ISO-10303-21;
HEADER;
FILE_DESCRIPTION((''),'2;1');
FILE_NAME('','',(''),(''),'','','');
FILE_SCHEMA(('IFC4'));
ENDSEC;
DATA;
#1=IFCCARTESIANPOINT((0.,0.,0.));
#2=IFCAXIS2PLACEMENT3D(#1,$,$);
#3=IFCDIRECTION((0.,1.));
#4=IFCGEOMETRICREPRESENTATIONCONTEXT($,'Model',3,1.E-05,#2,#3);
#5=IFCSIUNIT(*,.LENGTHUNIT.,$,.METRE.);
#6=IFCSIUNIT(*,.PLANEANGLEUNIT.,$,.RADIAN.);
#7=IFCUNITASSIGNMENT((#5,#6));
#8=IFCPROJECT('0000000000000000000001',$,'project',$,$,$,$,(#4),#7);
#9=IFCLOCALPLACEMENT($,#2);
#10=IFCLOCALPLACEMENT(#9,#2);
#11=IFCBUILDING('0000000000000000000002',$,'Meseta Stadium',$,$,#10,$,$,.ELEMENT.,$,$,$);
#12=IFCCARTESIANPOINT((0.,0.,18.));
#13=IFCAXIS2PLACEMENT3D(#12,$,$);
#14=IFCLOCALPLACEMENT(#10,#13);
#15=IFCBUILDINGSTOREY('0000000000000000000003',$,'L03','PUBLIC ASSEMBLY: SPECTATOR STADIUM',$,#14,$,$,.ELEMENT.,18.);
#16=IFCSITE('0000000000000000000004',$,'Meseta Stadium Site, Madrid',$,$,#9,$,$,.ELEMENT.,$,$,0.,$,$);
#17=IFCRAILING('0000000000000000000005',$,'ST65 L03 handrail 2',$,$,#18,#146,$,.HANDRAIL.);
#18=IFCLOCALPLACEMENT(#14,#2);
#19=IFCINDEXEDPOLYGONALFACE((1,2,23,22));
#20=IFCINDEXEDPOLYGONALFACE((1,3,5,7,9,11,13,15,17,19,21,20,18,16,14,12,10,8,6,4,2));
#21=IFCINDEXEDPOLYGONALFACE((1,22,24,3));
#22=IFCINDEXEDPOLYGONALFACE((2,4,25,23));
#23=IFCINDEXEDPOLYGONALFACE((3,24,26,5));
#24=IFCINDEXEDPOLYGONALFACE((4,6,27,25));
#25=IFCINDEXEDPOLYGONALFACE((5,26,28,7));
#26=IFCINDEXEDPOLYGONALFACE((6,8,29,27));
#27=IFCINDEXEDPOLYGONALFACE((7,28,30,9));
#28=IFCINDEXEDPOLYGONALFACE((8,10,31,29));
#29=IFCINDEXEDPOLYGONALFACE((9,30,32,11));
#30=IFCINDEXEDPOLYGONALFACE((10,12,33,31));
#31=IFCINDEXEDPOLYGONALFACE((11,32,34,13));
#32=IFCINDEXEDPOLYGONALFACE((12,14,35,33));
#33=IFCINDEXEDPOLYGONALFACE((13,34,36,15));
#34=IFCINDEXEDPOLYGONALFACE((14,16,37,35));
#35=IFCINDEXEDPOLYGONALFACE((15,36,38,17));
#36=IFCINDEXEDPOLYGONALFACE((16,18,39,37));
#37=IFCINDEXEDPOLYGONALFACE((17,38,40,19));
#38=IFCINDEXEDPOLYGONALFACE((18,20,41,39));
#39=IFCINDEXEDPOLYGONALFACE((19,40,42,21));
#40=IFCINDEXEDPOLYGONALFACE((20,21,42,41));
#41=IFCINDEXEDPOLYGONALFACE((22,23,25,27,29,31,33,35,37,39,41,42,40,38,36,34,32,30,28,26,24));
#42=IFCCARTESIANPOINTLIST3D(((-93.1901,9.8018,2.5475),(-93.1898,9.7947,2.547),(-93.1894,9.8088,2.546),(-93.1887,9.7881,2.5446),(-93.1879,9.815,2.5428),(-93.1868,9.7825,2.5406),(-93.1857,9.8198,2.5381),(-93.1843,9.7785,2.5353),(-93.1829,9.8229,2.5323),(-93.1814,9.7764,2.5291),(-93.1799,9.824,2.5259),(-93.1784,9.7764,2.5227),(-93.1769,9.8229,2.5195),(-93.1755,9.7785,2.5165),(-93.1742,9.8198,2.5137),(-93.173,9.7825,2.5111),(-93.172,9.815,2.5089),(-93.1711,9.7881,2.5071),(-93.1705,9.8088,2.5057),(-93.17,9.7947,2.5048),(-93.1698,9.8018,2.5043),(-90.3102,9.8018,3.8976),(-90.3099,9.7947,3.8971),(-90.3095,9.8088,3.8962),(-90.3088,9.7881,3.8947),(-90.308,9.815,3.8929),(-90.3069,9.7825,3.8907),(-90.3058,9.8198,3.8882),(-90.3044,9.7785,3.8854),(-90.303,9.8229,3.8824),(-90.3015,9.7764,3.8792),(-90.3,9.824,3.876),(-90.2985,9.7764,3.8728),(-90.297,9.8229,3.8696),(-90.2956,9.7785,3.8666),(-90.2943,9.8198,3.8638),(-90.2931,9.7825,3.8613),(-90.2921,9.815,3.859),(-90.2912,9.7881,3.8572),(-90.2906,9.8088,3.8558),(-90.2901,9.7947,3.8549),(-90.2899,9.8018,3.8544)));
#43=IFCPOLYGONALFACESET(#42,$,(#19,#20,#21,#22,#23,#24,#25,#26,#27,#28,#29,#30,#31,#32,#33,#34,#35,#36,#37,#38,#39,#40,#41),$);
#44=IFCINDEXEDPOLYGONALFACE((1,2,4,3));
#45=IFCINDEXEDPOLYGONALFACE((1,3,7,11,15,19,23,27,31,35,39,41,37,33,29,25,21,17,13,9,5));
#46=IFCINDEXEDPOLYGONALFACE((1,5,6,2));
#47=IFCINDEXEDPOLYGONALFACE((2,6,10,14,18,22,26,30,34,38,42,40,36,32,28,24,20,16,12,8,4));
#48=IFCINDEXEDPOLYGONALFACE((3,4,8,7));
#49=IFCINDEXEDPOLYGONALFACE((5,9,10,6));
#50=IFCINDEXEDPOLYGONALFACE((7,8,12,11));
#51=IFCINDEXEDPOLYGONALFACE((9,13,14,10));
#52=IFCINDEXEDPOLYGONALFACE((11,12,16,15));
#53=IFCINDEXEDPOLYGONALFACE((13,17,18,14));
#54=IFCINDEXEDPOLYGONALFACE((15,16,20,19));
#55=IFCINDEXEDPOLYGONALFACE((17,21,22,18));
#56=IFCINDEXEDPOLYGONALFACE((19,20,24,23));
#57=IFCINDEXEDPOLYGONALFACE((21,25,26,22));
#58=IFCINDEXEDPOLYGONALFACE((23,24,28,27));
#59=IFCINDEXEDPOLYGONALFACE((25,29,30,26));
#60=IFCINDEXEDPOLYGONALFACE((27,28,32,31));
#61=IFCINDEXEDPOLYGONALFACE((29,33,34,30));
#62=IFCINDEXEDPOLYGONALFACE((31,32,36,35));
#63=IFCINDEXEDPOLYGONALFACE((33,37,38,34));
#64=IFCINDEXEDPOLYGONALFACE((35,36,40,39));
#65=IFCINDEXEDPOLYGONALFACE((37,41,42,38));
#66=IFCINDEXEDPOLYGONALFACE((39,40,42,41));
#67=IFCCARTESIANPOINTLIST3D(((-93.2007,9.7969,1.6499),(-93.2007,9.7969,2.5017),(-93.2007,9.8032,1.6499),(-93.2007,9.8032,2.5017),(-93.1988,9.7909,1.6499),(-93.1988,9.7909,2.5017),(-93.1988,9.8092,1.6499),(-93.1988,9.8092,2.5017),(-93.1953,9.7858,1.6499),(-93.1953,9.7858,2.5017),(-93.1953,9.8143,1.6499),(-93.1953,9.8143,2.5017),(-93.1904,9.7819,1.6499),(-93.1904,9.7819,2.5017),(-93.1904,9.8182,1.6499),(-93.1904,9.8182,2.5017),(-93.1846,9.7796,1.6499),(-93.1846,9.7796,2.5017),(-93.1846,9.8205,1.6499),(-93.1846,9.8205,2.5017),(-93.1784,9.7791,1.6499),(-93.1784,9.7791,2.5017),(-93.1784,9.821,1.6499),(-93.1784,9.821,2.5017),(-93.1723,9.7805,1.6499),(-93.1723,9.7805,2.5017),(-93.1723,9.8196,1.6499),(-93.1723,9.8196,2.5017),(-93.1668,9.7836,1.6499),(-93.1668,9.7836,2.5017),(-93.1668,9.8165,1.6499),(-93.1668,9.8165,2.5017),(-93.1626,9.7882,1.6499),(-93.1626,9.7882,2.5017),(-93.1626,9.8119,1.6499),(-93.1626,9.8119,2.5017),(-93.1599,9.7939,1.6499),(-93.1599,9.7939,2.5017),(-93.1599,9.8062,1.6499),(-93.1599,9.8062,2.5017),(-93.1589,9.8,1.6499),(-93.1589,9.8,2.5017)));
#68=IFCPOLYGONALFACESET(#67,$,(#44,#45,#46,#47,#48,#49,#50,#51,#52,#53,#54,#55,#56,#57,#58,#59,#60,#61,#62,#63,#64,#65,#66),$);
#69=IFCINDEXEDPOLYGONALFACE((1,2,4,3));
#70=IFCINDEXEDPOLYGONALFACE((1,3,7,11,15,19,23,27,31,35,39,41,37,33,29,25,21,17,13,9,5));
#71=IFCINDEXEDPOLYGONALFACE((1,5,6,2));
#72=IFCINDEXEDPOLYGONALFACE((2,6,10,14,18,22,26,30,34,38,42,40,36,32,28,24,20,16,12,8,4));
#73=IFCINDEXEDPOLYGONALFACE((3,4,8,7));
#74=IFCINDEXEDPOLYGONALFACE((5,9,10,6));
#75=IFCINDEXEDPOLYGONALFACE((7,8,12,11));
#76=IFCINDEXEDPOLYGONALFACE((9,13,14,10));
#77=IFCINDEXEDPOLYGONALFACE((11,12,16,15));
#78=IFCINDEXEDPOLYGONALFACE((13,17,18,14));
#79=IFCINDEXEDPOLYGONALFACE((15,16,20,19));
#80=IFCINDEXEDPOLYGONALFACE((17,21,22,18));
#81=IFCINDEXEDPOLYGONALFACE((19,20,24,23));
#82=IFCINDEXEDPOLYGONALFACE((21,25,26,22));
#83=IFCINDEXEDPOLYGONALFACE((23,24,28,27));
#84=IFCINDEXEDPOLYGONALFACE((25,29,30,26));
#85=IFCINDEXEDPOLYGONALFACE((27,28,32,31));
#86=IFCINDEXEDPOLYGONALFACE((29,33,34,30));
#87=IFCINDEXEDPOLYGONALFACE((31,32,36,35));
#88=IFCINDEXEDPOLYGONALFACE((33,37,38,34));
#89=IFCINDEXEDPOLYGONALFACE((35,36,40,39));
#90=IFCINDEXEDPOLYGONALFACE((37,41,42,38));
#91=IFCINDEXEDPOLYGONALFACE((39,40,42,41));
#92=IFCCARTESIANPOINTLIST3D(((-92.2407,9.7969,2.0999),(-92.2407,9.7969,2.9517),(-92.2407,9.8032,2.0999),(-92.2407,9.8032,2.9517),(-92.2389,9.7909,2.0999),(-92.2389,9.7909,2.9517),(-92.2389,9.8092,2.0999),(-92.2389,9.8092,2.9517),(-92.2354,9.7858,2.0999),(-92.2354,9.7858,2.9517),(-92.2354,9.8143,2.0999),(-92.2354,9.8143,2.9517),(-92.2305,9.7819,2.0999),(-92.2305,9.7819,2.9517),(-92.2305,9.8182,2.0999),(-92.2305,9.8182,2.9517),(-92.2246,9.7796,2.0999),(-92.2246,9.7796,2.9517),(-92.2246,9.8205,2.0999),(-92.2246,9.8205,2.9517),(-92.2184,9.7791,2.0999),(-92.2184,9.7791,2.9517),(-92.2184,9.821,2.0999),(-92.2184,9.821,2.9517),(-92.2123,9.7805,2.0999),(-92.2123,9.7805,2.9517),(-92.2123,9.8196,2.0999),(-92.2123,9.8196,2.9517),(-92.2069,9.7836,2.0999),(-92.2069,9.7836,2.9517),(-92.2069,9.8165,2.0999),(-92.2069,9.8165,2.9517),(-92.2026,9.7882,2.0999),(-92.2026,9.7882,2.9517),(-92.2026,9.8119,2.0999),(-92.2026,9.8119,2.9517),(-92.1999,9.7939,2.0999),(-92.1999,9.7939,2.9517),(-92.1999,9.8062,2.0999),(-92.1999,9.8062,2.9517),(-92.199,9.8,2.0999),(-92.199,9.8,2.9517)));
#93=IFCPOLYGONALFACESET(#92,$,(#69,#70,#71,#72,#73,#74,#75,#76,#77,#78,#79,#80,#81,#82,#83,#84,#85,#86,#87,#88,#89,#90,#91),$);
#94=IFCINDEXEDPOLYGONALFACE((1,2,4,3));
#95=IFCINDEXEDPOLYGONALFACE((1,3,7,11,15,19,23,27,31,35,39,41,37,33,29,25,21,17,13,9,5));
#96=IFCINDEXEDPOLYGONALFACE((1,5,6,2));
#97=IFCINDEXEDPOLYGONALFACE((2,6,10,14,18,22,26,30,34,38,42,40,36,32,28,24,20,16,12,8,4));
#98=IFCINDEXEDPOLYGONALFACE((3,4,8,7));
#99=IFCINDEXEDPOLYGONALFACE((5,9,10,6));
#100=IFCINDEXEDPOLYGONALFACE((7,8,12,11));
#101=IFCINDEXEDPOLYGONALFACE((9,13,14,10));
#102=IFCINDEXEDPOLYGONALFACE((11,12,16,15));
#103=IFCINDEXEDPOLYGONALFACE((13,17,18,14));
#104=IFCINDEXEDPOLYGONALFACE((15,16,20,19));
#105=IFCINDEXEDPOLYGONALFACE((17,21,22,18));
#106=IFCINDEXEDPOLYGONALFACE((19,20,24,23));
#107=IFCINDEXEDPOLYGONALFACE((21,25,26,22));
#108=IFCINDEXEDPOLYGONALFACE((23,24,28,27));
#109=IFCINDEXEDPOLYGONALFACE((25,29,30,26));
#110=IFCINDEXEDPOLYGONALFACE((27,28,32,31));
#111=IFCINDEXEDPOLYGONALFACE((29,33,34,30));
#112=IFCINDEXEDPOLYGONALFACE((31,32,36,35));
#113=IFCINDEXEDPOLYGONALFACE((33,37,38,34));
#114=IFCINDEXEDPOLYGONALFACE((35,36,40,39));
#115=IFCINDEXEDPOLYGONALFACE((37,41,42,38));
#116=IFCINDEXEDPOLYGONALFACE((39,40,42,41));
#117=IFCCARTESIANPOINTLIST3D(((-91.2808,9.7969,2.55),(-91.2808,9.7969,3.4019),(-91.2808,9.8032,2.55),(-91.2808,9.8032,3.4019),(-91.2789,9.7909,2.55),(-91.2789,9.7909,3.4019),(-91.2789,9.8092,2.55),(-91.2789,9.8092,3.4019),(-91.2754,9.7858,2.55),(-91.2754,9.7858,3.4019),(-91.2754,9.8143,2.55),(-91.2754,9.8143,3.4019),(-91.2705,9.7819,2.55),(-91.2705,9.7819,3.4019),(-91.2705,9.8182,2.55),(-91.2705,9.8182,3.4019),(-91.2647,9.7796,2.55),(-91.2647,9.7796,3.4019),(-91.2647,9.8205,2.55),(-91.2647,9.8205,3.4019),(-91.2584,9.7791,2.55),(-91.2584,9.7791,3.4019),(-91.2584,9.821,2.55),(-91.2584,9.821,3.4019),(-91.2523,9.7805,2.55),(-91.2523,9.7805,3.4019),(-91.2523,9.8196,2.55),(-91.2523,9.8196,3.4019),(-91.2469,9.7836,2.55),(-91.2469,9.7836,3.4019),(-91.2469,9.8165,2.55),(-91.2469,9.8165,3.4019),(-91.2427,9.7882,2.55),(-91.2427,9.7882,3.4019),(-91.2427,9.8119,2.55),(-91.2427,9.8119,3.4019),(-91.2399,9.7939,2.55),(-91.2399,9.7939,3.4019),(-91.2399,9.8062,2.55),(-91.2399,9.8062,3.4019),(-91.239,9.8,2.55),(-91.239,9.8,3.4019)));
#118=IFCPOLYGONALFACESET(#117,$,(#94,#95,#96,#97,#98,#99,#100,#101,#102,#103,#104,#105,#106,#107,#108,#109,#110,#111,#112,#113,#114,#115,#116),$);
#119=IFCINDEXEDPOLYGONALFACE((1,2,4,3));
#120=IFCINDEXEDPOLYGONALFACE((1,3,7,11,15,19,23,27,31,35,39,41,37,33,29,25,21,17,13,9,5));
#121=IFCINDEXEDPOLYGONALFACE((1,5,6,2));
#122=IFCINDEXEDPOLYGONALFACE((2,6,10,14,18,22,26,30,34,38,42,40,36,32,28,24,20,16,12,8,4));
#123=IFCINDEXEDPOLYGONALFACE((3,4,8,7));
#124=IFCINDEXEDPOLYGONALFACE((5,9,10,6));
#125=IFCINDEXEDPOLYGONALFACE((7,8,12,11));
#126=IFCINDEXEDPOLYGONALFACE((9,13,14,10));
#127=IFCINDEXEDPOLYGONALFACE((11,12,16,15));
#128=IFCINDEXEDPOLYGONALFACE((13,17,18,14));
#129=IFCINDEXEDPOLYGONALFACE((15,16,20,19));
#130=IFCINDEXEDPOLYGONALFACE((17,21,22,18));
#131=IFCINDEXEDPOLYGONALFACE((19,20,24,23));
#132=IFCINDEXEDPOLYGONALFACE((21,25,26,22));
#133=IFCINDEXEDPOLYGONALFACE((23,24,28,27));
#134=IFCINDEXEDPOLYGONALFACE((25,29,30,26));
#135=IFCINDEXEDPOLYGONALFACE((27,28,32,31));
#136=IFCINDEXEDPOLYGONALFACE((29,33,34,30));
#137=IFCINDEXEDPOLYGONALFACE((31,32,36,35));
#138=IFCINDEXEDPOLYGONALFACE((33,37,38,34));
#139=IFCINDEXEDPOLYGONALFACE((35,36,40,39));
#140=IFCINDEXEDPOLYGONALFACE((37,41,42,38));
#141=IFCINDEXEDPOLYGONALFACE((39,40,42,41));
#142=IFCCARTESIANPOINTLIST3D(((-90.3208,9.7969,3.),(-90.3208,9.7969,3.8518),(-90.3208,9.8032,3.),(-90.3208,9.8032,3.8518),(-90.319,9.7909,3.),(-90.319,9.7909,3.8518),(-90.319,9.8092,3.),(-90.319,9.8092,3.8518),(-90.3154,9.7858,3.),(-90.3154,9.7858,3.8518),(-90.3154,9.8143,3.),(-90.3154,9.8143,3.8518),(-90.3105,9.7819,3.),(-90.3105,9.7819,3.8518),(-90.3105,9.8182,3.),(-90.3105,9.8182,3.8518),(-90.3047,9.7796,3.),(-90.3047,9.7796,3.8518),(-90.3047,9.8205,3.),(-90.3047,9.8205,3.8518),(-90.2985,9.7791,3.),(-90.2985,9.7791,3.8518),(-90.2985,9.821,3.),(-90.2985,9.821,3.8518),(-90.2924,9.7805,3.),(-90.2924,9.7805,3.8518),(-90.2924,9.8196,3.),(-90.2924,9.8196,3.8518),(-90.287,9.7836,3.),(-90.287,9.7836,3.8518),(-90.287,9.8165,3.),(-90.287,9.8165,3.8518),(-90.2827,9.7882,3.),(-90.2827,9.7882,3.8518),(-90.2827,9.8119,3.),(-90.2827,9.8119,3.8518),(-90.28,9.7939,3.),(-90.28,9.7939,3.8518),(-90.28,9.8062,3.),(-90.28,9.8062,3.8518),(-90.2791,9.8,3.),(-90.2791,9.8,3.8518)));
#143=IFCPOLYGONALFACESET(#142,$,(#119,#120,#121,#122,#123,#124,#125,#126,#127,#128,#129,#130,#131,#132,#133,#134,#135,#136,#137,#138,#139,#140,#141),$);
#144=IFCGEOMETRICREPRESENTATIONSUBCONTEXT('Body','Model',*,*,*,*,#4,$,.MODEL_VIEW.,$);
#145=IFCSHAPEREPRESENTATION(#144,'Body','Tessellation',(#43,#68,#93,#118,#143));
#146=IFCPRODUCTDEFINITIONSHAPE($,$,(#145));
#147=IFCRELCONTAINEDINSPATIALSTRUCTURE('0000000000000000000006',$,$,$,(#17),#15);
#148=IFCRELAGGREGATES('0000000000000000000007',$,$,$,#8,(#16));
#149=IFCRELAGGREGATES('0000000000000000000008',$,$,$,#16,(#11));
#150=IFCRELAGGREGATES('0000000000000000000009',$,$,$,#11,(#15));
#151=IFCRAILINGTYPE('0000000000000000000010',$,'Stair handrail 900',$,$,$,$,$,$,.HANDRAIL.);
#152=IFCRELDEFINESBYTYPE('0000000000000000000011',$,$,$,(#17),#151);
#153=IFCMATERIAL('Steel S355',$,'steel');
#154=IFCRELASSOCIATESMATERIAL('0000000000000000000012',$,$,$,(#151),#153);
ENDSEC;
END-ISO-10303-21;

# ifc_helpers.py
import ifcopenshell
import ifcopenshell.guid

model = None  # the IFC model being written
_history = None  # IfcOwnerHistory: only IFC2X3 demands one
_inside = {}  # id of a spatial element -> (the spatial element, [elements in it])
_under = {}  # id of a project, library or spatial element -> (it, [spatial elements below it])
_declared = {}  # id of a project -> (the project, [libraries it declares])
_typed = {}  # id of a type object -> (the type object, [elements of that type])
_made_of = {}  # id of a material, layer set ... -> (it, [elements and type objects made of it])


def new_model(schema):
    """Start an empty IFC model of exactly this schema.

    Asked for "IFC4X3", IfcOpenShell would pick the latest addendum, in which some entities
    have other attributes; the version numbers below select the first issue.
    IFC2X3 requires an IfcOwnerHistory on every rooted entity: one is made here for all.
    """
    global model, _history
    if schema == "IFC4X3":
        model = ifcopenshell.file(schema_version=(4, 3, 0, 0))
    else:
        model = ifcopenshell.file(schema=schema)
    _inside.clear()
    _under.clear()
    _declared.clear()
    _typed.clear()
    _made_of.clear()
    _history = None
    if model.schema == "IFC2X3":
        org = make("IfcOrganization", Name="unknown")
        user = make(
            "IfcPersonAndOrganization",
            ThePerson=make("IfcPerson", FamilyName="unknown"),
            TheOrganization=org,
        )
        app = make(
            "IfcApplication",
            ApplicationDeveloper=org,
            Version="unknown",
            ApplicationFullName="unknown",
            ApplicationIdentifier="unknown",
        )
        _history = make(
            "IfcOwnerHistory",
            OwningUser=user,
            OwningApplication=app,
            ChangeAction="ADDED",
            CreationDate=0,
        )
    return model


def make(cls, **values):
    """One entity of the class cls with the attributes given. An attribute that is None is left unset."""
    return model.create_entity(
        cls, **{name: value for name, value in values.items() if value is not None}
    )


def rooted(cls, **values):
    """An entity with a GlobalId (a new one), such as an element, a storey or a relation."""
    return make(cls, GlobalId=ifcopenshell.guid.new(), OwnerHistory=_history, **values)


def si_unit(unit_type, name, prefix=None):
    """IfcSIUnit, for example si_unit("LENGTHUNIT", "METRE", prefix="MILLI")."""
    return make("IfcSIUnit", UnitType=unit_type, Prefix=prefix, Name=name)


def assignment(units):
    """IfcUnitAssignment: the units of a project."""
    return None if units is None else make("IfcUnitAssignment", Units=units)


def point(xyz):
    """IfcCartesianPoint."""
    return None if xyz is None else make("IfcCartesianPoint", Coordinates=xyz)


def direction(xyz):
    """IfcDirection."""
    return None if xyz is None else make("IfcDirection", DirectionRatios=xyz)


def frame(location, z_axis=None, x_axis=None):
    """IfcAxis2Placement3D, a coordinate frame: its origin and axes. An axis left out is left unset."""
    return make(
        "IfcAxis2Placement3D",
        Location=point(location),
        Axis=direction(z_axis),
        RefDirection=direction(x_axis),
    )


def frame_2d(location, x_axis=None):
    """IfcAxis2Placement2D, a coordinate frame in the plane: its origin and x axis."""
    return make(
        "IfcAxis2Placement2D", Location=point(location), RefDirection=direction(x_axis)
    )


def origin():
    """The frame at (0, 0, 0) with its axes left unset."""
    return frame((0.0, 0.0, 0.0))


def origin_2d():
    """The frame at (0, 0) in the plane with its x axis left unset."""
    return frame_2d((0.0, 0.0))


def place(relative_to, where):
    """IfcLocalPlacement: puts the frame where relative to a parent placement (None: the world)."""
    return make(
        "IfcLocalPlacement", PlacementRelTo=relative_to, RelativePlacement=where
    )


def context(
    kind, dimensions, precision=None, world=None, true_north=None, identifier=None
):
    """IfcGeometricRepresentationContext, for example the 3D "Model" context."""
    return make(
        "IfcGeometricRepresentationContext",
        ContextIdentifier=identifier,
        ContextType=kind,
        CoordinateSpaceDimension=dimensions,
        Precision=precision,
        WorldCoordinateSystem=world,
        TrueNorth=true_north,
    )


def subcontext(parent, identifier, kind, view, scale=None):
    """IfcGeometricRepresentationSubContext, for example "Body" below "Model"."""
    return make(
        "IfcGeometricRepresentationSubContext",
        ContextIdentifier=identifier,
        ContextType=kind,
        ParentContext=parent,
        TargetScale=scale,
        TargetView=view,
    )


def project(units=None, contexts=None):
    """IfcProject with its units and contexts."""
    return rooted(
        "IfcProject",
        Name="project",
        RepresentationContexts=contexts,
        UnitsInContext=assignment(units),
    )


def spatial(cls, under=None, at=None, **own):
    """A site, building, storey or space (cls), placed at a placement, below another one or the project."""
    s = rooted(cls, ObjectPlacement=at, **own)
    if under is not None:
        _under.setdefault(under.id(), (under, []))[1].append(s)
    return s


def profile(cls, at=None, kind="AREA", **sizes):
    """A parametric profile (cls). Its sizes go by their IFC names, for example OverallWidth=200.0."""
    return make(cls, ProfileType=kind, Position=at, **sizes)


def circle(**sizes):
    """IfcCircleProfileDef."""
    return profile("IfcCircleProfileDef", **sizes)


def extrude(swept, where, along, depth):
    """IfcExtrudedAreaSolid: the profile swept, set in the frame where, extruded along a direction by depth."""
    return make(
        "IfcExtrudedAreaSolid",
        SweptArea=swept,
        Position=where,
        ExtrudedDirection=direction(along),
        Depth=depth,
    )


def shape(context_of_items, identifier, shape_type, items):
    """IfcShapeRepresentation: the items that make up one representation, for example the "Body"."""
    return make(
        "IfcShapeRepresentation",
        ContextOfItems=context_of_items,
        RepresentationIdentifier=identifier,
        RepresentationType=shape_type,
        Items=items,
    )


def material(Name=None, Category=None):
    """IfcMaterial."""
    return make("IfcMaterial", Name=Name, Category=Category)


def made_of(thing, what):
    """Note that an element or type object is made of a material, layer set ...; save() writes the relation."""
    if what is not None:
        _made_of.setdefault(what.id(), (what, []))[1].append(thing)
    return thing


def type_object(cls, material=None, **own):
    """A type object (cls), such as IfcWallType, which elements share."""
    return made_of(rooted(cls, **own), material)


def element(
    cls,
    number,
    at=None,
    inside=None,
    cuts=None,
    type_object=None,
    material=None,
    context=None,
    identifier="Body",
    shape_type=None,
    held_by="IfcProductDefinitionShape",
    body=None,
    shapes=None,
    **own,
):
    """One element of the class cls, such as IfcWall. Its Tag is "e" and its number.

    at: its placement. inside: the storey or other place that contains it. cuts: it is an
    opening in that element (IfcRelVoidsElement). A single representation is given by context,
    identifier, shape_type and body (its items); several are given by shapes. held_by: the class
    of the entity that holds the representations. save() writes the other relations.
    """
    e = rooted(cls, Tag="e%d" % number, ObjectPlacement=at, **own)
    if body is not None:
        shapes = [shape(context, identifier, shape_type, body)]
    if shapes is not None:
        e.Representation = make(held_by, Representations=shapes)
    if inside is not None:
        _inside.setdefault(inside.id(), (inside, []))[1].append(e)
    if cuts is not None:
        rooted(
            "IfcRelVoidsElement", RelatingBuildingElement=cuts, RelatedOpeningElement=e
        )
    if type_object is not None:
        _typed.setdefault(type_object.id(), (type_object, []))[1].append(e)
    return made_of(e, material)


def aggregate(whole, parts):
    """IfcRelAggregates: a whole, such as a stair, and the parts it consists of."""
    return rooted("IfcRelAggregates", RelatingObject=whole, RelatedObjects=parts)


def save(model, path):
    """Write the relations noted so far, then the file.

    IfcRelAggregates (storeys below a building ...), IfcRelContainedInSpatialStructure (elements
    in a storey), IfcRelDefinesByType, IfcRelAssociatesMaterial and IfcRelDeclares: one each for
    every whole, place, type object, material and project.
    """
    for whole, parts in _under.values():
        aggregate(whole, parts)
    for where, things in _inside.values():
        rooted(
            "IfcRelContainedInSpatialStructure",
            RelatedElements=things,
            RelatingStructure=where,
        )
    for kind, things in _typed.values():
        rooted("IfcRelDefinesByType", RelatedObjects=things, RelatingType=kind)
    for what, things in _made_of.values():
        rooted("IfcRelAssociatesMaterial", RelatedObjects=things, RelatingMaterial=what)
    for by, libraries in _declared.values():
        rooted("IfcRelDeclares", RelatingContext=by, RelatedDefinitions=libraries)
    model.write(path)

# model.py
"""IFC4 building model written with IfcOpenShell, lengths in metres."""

from ifc_helpers import new_model, si_unit, direction, frame, origin, origin_2d, place, context, subcontext, project, spatial, circle, extrude, material, type_object, element, save


model = new_model("IFC4")

# Units and contexts
model_context = context("Model", 3, precision=1e-05, world=origin(), true_north=direction((0.0, 1.0)))
body_context = subcontext(model_context, "Body", "Model", "MODEL_VIEW")
ifc_project = project(units=[si_unit("LENGTHUNIT", "METRE"), si_unit("PLANEANGLEUNIT", "RADIAN")], contexts=[model_context])

# Site, building, storey
site_placement = place(None, origin())
site = spatial("IfcSite", under=ifc_project, at=site_placement, Name="Meseta Stadium Site, Madrid", CompositionType="ELEMENT", RefElevation=0.0)
building_placement = place(site_placement, origin())
building = spatial("IfcBuilding", under=site, at=building_placement, Name="Meseta Stadium", CompositionType="ELEMENT")
storey_placement = place(building_placement, frame((0.0, 0.0, 18.0)))
storey = spatial("IfcBuildingStorey", under=building, at=storey_placement, Name="L03", Description="PUBLIC ASSEMBLY: SPECTATOR STADIUM", CompositionType="ELEMENT", Elevation=18.0)

# Railing
ifc_material_1 = material(Name="Steel S355", Category="steel")
railing_type_1 = type_object("IfcRailingType", Name="Stair handrail 900", PredefinedType="HANDRAIL", material=ifc_material_1)
for number, where, name in (
    (1, (-93.1799, 9.8, 1.6499), "ST65 L03 handrail 2"),
):
    element("IfcRailing", number, at=place(storey_placement, frame(where)), inside=storey, type_object=railing_type_1, Name=name, PredefinedType="HANDRAIL", context=body_context, shape_type="SweptSolid", body=[
        extrude(circle(Radius=0.0239, at=origin_2d()), frame((0.0, 0.0, 0.876), z_axis=(0.90544, 0.0, 0.424473), x_axis=(0.0, 1.0, 0.0)), (0.0, 0.0, 1.0), 3.1807),
        extrude(circle(Radius=0.021, at=origin_2d()), origin(), (0.0, 0.0, 1.0), 0.8518),
        extrude(circle(Radius=0.021, at=origin_2d()), frame((0.96, 0.0, 0.45)), (0.0, 0.0, 1.0), 0.8518),
        extrude(circle(Radius=0.021, at=origin_2d()), frame((1.9199, 0.0, 0.9001)), (0.0, 0.0, 1.0), 0.8518),
        extrude(circle(Radius=0.021, at=origin_2d()), frame((2.8799, 0.0, 1.3501)), (0.0, 0.0, 1.0), 0.8518),
    ])

save(model, "model.ifc")
